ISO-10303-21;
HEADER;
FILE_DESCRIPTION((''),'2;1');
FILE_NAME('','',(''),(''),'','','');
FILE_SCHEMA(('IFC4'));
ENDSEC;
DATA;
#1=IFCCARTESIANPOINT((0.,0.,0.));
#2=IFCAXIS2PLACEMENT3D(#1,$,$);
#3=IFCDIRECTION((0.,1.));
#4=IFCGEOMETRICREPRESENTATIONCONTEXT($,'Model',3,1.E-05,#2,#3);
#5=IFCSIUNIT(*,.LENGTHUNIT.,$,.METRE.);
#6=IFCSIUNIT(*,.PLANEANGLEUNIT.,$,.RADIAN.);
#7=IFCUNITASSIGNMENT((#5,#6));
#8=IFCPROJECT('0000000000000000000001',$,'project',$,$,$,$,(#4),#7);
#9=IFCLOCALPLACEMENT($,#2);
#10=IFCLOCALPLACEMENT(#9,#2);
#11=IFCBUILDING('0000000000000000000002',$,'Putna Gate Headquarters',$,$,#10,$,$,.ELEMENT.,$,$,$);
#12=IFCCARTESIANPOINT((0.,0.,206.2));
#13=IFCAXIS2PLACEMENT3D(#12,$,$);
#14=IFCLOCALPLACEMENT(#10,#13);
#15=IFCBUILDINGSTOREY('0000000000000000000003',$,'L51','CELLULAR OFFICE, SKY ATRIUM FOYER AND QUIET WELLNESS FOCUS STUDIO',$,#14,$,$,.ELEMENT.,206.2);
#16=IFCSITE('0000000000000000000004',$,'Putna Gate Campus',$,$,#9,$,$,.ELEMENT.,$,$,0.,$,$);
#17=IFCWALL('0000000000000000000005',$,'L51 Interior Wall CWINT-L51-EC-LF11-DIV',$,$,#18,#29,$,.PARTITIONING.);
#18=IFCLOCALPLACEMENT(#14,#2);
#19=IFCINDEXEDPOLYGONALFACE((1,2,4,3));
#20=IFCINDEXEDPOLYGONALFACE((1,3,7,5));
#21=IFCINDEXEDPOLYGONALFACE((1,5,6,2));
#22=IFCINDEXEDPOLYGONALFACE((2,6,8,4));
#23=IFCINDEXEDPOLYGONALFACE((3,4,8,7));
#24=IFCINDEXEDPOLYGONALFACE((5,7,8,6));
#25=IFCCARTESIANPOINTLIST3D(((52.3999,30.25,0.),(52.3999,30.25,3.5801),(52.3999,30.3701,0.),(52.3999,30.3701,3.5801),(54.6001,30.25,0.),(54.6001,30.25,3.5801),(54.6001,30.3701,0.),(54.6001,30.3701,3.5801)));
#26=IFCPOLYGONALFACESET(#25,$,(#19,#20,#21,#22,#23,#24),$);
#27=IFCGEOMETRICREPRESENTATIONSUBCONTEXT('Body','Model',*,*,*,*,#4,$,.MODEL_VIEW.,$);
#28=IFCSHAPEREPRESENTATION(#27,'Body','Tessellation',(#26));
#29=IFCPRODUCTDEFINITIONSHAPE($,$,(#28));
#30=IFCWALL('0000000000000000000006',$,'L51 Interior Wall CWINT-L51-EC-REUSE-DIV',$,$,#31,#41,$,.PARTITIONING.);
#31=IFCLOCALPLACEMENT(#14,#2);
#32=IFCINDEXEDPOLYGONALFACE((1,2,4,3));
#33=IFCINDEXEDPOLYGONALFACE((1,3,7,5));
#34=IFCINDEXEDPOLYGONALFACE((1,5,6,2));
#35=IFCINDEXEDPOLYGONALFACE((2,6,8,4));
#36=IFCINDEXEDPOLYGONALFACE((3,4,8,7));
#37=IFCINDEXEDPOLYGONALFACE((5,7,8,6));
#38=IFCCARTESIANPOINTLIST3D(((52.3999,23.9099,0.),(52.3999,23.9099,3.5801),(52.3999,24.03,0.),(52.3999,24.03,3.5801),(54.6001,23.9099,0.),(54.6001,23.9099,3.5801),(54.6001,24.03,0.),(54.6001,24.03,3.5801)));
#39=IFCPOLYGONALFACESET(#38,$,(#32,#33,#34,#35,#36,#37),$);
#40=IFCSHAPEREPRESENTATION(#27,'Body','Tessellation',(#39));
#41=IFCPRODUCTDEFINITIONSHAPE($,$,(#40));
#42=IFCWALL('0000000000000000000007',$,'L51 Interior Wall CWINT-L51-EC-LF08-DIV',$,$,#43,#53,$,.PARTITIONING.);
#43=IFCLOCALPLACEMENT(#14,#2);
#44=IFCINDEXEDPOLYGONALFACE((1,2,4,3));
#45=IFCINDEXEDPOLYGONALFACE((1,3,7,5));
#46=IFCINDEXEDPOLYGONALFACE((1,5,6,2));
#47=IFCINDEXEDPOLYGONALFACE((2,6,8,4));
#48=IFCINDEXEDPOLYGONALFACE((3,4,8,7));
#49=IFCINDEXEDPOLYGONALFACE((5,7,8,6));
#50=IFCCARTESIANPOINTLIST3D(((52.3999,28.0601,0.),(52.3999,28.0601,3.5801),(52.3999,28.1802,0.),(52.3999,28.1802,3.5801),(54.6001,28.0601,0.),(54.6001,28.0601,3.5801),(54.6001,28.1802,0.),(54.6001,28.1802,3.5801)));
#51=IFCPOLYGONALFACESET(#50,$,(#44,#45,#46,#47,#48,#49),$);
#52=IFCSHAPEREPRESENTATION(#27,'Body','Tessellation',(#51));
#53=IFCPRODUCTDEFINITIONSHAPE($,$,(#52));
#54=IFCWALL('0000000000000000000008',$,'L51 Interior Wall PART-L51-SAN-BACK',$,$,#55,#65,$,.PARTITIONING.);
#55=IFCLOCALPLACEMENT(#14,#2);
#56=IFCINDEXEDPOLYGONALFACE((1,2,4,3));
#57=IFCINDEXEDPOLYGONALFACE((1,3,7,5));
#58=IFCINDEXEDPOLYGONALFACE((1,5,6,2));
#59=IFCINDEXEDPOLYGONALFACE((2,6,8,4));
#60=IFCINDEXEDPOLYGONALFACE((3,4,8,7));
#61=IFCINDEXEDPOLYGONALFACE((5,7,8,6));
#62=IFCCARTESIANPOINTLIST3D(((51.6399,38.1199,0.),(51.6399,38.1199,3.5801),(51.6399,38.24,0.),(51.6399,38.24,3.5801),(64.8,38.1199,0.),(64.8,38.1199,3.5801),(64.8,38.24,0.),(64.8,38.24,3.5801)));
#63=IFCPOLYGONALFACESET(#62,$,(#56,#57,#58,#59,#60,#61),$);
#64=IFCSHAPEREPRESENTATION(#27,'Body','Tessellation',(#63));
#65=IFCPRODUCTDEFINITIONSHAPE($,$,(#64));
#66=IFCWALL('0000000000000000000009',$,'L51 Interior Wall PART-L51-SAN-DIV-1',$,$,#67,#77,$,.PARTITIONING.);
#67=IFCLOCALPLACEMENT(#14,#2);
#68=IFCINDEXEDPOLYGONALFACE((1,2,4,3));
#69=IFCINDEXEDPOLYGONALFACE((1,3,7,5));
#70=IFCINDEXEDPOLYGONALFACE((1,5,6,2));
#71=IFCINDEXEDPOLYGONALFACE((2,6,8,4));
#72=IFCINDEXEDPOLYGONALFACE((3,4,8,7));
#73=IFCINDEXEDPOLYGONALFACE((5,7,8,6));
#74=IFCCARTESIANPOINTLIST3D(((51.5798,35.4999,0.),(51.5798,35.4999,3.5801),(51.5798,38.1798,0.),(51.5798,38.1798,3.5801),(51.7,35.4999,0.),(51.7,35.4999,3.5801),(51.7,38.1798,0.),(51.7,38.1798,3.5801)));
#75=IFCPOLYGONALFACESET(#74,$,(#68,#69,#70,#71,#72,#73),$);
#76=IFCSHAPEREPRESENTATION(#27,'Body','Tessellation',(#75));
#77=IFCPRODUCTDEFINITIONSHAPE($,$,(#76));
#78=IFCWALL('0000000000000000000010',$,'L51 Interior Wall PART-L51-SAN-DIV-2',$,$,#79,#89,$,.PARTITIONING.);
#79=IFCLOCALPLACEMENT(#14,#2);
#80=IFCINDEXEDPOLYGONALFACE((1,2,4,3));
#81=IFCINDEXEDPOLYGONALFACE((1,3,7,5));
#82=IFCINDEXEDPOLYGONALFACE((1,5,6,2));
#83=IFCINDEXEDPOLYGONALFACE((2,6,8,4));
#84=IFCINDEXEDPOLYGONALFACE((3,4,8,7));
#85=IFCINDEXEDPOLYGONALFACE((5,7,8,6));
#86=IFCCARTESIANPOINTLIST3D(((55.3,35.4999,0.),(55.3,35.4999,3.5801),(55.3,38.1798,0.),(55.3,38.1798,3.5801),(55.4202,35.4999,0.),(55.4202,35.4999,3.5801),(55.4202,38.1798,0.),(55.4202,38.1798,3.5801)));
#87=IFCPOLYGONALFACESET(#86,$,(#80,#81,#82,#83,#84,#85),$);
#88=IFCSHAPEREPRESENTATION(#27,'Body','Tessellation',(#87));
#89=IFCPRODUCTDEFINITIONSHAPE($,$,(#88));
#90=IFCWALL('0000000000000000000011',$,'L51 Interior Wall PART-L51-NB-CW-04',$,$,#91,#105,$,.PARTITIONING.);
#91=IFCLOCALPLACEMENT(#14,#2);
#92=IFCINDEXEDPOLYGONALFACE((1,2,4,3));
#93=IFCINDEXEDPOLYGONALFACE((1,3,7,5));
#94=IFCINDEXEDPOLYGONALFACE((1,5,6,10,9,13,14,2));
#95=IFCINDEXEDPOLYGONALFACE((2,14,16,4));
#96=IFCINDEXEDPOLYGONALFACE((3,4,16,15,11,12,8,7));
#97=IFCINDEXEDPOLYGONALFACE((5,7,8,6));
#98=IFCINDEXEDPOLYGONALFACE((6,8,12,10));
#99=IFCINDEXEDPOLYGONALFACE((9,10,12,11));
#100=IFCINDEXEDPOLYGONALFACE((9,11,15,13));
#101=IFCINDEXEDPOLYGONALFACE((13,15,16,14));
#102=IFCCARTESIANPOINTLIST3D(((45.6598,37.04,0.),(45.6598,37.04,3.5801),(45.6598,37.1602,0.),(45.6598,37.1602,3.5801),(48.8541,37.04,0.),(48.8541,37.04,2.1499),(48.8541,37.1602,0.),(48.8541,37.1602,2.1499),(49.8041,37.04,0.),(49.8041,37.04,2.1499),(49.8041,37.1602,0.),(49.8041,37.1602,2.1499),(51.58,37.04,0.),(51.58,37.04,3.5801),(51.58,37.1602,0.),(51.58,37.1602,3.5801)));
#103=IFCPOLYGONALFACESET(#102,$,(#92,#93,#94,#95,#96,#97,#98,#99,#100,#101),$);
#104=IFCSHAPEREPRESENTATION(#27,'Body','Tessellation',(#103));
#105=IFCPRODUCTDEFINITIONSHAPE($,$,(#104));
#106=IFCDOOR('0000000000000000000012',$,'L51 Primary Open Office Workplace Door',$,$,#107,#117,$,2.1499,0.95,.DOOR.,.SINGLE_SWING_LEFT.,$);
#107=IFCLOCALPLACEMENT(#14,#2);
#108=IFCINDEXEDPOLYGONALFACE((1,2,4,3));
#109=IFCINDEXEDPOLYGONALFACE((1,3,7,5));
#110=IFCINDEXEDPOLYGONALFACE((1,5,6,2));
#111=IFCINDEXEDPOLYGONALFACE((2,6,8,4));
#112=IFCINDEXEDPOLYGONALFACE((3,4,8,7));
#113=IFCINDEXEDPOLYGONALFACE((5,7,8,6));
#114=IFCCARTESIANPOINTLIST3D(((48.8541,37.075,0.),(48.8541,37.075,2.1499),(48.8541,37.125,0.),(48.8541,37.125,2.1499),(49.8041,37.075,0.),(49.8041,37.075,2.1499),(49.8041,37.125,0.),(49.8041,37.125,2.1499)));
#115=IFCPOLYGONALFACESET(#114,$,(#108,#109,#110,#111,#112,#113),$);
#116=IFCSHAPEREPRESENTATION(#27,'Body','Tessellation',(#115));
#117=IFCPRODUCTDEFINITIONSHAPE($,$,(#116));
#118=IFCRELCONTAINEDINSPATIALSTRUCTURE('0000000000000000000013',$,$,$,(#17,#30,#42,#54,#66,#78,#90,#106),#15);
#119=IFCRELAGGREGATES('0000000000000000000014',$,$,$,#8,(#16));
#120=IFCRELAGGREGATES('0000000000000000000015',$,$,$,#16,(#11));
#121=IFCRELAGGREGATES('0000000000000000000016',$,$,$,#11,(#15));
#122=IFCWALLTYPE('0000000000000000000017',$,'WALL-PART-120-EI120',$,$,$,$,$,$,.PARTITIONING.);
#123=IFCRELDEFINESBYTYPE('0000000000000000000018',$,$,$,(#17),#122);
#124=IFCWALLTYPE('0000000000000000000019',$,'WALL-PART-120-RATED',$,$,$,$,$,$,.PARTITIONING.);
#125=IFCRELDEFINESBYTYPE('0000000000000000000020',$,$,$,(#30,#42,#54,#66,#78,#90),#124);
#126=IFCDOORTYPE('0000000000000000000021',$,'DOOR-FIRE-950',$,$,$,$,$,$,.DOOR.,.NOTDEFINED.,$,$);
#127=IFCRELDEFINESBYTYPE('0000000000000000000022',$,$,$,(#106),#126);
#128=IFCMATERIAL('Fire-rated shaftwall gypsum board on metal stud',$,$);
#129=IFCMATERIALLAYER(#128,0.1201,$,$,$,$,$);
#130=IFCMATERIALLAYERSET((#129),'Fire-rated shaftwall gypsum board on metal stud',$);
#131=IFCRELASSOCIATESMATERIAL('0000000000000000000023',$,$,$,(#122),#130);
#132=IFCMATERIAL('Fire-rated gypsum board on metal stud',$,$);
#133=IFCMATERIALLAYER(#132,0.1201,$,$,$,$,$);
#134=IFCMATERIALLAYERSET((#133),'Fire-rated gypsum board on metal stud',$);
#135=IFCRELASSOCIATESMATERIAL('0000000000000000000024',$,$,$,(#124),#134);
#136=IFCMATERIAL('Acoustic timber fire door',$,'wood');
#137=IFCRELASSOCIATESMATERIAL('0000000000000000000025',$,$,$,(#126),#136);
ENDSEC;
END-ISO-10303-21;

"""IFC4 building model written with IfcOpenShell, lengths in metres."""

from ifc_helpers import new_model, si_unit, direction, frame, frame_2d, origin, place, context, subcontext, project, spatial, rectangle, extrude, material, layer, layer_set, type_object, element, fill, save


model = new_model("IFC4")

# Units and contexts
model_context = context("Model", 3, precision=1e-05, world=origin(), true_north=direction((0.0, 1.0)))
body_context = subcontext(model_context, "Body", "Model", "MODEL_VIEW")
ifc_project = project(units=[si_unit("LENGTHUNIT", "METRE"), si_unit("PLANEANGLEUNIT", "RADIAN")], contexts=[model_context])

# Site, building, storey
site_placement = place(None, origin())
site = spatial("IfcSite", under=ifc_project, at=site_placement, Name="Putna Gate Campus", CompositionType="ELEMENT", RefElevation=0.0)
building_placement = place(site_placement, origin())
building = spatial("IfcBuilding", under=site, at=building_placement, Name="Putna Gate Headquarters", CompositionType="ELEMENT")
storey_placement = place(building_placement, frame((0.0, 0.0, 206.2)))
storey = spatial("IfcBuildingStorey", under=building, at=storey_placement, Name="L51", Description="CELLULAR OFFICE, SKY ATRIUM FOYER AND QUIET WELLNESS FOCUS STUDIO", CompositionType="ELEMENT", Elevation=206.2)

# Walls
ifc_material_1 = material(Name="Fire-rated shaftwall gypsum board on metal stud")
ifc_layer_1 = layer(ifc_material_1, 0.1201)
ifc_layer_set_1 = layer_set([ifc_layer_1], Name="Fire-rated shaftwall gypsum board on metal stud")
wall_type_1 = type_object("IfcWallType", Name="WALL-PART-120-EI120", PredefinedType="PARTITIONING", material=ifc_layer_set_1)
wall_1_placement = place(storey_placement, frame((52.3999, 30.3101, 0.0), z_axis=(0.0, 0.0, 1.0), x_axis=(1.0, 0.0, 0.0)))
element("IfcWall", 1, at=wall_1_placement, inside=storey, type_object=wall_type_1, Name="L51 Interior Wall CWINT-L51-EC-LF11-DIV", PredefinedType="PARTITIONING", context=body_context, shape_type="SweptSolid", body=[
    extrude(rectangle(XDim=2.2002, YDim=0.1201, at=frame_2d((1.1001, 0.0))), origin(), (0.0, 0.0, 1.0), 3.5801),
])
ifc_material_2 = material(Name="Fire-rated gypsum board on metal stud")
ifc_layer_2 = layer(ifc_material_2, 0.1201)
ifc_layer_set_2 = layer_set([ifc_layer_2], Name="Fire-rated gypsum board on metal stud")
wall_type_2 = type_object("IfcWallType", Name="WALL-PART-120-RATED", PredefinedType="PARTITIONING", material=ifc_layer_set_2)
for number, where, z_axis, x_axis, name in (
    (2, (52.3999, 23.97, 0.0), (0.0, 0.0, 1.0), (1.0, 0.0, 0.0), "L51 Interior Wall CWINT-L51-EC-REUSE-DIV"),
    (3, (52.3999, 28.1201, 0.0), (0.0, 0.0, 1.0), (1.0, 0.0, 0.0), "L51 Interior Wall CWINT-L51-EC-LF08-DIV"),
):
    element("IfcWall", number, at=place(storey_placement, frame(where, z_axis=z_axis, x_axis=x_axis)), inside=storey, type_object=wall_type_2, Name=name, PredefinedType="PARTITIONING", context=body_context, shape_type="SweptSolid", body=[
        extrude(rectangle(XDim=2.2002, YDim=0.1201, at=frame_2d((1.1001, 0.0))), origin(), (0.0, 0.0, 1.0), 3.5801),
    ])

# Shared definitions
ifc_material_3 = material(Name="Acoustic timber fire door", Category="wood")
door_type_1 = type_object("IfcDoorType", Name="DOOR-FIRE-950", OperationType="NOTDEFINED", PredefinedType="DOOR", material=ifc_material_3)

# Walls
wall_2_placement = place(storey_placement, frame((51.6399, 38.1799, 0.0), z_axis=(0.0, 0.0, 1.0), x_axis=(1.0, 0.0, 0.0)))
element("IfcWall", 4, at=wall_2_placement, inside=storey, type_object=wall_type_2, Name="L51 Interior Wall PART-L51-SAN-BACK", PredefinedType="PARTITIONING", context=body_context, shape_type="SweptSolid", body=[
    extrude(rectangle(XDim=13.1602, YDim=0.1201, at=frame_2d((6.5801, 0.0))), origin(), (0.0, 0.0, 1.0), 3.5801),
])
for number, where, z_axis, x_axis, name in (
    (5, (51.6399, 35.5, 0.0), (0.0, 0.0, 1.0), (0.0, 1.0, 0.0), "L51 Interior Wall PART-L51-SAN-DIV-1"),
    (6, (55.3601, 35.5, 0.0), (0.0, 0.0, 1.0), (0.0, 1.0, 0.0), "L51 Interior Wall PART-L51-SAN-DIV-2"),
):
    element("IfcWall", number, at=place(storey_placement, frame(where, z_axis=z_axis, x_axis=x_axis)), inside=storey, type_object=wall_type_2, Name=name, PredefinedType="PARTITIONING", context=body_context, shape_type="SweptSolid", body=[
        extrude(rectangle(XDim=2.6799, YDim=0.1201, at=frame_2d((1.3398, 0.0))), origin(), (0.0, 0.0, 1.0), 3.5801),
    ])

# Wall, opening, door
wall_3_placement = place(storey_placement, frame((45.6599, 37.1001, 0.0), z_axis=(0.0, 0.0, 1.0), x_axis=(1.0, 0.0, 0.0)))
wall_3 = element("IfcWall", 7, at=wall_3_placement, inside=storey, type_object=wall_type_2, Name="L51 Interior Wall PART-L51-NB-CW-04", PredefinedType="PARTITIONING", context=body_context, shape_type="SweptSolid", body=[
    extrude(rectangle(XDim=5.9202, YDim=0.1201, at=frame_2d((2.96, 0.0))), origin(), (0.0, 0.0, 1.0), 3.5801),
])
opening_1_placement = place(wall_3_placement, frame((3.1941, 0.0, 0.0)))
opening_1 = element("IfcOpeningElement", 8, at=opening_1_placement, cuts=wall_3, PredefinedType="OPENING", context=body_context, shape_type="SweptSolid", body=[
    extrude(rectangle(XDim=0.95, YDim=2.1499, at=frame_2d((0.4751, 1.075))), frame((0.0, 0.0701, 0.0), z_axis=(0.0, -1.0, 0.0), x_axis=(1.0, 0.0, 0.0)), (0.0, 0.0, 1.0), 0.1401),
])
door_1_placement = place(opening_1_placement, origin())
door_1 = element("IfcDoor", 9, at=door_1_placement, inside=storey, type_object=door_type_1, Name="L51 Primary Open Office Workplace Door", OperationType="SINGLE_SWING_LEFT", OverallHeight=2.1499, OverallWidth=0.95, PredefinedType="DOOR", context=body_context, shape_type="SweptSolid", body=[
    extrude(rectangle(XDim=0.95, YDim=2.1499, at=frame_2d((0.4751, 1.075))), frame((0.0, 0.0249, 0.0), z_axis=(0.0, -1.0, 0.0), x_axis=(1.0, 0.0, 0.0)), (0.0, 0.0, 1.0), 0.05),
])
fill(opening_1, door_1)

save(model, "model.ifc")
